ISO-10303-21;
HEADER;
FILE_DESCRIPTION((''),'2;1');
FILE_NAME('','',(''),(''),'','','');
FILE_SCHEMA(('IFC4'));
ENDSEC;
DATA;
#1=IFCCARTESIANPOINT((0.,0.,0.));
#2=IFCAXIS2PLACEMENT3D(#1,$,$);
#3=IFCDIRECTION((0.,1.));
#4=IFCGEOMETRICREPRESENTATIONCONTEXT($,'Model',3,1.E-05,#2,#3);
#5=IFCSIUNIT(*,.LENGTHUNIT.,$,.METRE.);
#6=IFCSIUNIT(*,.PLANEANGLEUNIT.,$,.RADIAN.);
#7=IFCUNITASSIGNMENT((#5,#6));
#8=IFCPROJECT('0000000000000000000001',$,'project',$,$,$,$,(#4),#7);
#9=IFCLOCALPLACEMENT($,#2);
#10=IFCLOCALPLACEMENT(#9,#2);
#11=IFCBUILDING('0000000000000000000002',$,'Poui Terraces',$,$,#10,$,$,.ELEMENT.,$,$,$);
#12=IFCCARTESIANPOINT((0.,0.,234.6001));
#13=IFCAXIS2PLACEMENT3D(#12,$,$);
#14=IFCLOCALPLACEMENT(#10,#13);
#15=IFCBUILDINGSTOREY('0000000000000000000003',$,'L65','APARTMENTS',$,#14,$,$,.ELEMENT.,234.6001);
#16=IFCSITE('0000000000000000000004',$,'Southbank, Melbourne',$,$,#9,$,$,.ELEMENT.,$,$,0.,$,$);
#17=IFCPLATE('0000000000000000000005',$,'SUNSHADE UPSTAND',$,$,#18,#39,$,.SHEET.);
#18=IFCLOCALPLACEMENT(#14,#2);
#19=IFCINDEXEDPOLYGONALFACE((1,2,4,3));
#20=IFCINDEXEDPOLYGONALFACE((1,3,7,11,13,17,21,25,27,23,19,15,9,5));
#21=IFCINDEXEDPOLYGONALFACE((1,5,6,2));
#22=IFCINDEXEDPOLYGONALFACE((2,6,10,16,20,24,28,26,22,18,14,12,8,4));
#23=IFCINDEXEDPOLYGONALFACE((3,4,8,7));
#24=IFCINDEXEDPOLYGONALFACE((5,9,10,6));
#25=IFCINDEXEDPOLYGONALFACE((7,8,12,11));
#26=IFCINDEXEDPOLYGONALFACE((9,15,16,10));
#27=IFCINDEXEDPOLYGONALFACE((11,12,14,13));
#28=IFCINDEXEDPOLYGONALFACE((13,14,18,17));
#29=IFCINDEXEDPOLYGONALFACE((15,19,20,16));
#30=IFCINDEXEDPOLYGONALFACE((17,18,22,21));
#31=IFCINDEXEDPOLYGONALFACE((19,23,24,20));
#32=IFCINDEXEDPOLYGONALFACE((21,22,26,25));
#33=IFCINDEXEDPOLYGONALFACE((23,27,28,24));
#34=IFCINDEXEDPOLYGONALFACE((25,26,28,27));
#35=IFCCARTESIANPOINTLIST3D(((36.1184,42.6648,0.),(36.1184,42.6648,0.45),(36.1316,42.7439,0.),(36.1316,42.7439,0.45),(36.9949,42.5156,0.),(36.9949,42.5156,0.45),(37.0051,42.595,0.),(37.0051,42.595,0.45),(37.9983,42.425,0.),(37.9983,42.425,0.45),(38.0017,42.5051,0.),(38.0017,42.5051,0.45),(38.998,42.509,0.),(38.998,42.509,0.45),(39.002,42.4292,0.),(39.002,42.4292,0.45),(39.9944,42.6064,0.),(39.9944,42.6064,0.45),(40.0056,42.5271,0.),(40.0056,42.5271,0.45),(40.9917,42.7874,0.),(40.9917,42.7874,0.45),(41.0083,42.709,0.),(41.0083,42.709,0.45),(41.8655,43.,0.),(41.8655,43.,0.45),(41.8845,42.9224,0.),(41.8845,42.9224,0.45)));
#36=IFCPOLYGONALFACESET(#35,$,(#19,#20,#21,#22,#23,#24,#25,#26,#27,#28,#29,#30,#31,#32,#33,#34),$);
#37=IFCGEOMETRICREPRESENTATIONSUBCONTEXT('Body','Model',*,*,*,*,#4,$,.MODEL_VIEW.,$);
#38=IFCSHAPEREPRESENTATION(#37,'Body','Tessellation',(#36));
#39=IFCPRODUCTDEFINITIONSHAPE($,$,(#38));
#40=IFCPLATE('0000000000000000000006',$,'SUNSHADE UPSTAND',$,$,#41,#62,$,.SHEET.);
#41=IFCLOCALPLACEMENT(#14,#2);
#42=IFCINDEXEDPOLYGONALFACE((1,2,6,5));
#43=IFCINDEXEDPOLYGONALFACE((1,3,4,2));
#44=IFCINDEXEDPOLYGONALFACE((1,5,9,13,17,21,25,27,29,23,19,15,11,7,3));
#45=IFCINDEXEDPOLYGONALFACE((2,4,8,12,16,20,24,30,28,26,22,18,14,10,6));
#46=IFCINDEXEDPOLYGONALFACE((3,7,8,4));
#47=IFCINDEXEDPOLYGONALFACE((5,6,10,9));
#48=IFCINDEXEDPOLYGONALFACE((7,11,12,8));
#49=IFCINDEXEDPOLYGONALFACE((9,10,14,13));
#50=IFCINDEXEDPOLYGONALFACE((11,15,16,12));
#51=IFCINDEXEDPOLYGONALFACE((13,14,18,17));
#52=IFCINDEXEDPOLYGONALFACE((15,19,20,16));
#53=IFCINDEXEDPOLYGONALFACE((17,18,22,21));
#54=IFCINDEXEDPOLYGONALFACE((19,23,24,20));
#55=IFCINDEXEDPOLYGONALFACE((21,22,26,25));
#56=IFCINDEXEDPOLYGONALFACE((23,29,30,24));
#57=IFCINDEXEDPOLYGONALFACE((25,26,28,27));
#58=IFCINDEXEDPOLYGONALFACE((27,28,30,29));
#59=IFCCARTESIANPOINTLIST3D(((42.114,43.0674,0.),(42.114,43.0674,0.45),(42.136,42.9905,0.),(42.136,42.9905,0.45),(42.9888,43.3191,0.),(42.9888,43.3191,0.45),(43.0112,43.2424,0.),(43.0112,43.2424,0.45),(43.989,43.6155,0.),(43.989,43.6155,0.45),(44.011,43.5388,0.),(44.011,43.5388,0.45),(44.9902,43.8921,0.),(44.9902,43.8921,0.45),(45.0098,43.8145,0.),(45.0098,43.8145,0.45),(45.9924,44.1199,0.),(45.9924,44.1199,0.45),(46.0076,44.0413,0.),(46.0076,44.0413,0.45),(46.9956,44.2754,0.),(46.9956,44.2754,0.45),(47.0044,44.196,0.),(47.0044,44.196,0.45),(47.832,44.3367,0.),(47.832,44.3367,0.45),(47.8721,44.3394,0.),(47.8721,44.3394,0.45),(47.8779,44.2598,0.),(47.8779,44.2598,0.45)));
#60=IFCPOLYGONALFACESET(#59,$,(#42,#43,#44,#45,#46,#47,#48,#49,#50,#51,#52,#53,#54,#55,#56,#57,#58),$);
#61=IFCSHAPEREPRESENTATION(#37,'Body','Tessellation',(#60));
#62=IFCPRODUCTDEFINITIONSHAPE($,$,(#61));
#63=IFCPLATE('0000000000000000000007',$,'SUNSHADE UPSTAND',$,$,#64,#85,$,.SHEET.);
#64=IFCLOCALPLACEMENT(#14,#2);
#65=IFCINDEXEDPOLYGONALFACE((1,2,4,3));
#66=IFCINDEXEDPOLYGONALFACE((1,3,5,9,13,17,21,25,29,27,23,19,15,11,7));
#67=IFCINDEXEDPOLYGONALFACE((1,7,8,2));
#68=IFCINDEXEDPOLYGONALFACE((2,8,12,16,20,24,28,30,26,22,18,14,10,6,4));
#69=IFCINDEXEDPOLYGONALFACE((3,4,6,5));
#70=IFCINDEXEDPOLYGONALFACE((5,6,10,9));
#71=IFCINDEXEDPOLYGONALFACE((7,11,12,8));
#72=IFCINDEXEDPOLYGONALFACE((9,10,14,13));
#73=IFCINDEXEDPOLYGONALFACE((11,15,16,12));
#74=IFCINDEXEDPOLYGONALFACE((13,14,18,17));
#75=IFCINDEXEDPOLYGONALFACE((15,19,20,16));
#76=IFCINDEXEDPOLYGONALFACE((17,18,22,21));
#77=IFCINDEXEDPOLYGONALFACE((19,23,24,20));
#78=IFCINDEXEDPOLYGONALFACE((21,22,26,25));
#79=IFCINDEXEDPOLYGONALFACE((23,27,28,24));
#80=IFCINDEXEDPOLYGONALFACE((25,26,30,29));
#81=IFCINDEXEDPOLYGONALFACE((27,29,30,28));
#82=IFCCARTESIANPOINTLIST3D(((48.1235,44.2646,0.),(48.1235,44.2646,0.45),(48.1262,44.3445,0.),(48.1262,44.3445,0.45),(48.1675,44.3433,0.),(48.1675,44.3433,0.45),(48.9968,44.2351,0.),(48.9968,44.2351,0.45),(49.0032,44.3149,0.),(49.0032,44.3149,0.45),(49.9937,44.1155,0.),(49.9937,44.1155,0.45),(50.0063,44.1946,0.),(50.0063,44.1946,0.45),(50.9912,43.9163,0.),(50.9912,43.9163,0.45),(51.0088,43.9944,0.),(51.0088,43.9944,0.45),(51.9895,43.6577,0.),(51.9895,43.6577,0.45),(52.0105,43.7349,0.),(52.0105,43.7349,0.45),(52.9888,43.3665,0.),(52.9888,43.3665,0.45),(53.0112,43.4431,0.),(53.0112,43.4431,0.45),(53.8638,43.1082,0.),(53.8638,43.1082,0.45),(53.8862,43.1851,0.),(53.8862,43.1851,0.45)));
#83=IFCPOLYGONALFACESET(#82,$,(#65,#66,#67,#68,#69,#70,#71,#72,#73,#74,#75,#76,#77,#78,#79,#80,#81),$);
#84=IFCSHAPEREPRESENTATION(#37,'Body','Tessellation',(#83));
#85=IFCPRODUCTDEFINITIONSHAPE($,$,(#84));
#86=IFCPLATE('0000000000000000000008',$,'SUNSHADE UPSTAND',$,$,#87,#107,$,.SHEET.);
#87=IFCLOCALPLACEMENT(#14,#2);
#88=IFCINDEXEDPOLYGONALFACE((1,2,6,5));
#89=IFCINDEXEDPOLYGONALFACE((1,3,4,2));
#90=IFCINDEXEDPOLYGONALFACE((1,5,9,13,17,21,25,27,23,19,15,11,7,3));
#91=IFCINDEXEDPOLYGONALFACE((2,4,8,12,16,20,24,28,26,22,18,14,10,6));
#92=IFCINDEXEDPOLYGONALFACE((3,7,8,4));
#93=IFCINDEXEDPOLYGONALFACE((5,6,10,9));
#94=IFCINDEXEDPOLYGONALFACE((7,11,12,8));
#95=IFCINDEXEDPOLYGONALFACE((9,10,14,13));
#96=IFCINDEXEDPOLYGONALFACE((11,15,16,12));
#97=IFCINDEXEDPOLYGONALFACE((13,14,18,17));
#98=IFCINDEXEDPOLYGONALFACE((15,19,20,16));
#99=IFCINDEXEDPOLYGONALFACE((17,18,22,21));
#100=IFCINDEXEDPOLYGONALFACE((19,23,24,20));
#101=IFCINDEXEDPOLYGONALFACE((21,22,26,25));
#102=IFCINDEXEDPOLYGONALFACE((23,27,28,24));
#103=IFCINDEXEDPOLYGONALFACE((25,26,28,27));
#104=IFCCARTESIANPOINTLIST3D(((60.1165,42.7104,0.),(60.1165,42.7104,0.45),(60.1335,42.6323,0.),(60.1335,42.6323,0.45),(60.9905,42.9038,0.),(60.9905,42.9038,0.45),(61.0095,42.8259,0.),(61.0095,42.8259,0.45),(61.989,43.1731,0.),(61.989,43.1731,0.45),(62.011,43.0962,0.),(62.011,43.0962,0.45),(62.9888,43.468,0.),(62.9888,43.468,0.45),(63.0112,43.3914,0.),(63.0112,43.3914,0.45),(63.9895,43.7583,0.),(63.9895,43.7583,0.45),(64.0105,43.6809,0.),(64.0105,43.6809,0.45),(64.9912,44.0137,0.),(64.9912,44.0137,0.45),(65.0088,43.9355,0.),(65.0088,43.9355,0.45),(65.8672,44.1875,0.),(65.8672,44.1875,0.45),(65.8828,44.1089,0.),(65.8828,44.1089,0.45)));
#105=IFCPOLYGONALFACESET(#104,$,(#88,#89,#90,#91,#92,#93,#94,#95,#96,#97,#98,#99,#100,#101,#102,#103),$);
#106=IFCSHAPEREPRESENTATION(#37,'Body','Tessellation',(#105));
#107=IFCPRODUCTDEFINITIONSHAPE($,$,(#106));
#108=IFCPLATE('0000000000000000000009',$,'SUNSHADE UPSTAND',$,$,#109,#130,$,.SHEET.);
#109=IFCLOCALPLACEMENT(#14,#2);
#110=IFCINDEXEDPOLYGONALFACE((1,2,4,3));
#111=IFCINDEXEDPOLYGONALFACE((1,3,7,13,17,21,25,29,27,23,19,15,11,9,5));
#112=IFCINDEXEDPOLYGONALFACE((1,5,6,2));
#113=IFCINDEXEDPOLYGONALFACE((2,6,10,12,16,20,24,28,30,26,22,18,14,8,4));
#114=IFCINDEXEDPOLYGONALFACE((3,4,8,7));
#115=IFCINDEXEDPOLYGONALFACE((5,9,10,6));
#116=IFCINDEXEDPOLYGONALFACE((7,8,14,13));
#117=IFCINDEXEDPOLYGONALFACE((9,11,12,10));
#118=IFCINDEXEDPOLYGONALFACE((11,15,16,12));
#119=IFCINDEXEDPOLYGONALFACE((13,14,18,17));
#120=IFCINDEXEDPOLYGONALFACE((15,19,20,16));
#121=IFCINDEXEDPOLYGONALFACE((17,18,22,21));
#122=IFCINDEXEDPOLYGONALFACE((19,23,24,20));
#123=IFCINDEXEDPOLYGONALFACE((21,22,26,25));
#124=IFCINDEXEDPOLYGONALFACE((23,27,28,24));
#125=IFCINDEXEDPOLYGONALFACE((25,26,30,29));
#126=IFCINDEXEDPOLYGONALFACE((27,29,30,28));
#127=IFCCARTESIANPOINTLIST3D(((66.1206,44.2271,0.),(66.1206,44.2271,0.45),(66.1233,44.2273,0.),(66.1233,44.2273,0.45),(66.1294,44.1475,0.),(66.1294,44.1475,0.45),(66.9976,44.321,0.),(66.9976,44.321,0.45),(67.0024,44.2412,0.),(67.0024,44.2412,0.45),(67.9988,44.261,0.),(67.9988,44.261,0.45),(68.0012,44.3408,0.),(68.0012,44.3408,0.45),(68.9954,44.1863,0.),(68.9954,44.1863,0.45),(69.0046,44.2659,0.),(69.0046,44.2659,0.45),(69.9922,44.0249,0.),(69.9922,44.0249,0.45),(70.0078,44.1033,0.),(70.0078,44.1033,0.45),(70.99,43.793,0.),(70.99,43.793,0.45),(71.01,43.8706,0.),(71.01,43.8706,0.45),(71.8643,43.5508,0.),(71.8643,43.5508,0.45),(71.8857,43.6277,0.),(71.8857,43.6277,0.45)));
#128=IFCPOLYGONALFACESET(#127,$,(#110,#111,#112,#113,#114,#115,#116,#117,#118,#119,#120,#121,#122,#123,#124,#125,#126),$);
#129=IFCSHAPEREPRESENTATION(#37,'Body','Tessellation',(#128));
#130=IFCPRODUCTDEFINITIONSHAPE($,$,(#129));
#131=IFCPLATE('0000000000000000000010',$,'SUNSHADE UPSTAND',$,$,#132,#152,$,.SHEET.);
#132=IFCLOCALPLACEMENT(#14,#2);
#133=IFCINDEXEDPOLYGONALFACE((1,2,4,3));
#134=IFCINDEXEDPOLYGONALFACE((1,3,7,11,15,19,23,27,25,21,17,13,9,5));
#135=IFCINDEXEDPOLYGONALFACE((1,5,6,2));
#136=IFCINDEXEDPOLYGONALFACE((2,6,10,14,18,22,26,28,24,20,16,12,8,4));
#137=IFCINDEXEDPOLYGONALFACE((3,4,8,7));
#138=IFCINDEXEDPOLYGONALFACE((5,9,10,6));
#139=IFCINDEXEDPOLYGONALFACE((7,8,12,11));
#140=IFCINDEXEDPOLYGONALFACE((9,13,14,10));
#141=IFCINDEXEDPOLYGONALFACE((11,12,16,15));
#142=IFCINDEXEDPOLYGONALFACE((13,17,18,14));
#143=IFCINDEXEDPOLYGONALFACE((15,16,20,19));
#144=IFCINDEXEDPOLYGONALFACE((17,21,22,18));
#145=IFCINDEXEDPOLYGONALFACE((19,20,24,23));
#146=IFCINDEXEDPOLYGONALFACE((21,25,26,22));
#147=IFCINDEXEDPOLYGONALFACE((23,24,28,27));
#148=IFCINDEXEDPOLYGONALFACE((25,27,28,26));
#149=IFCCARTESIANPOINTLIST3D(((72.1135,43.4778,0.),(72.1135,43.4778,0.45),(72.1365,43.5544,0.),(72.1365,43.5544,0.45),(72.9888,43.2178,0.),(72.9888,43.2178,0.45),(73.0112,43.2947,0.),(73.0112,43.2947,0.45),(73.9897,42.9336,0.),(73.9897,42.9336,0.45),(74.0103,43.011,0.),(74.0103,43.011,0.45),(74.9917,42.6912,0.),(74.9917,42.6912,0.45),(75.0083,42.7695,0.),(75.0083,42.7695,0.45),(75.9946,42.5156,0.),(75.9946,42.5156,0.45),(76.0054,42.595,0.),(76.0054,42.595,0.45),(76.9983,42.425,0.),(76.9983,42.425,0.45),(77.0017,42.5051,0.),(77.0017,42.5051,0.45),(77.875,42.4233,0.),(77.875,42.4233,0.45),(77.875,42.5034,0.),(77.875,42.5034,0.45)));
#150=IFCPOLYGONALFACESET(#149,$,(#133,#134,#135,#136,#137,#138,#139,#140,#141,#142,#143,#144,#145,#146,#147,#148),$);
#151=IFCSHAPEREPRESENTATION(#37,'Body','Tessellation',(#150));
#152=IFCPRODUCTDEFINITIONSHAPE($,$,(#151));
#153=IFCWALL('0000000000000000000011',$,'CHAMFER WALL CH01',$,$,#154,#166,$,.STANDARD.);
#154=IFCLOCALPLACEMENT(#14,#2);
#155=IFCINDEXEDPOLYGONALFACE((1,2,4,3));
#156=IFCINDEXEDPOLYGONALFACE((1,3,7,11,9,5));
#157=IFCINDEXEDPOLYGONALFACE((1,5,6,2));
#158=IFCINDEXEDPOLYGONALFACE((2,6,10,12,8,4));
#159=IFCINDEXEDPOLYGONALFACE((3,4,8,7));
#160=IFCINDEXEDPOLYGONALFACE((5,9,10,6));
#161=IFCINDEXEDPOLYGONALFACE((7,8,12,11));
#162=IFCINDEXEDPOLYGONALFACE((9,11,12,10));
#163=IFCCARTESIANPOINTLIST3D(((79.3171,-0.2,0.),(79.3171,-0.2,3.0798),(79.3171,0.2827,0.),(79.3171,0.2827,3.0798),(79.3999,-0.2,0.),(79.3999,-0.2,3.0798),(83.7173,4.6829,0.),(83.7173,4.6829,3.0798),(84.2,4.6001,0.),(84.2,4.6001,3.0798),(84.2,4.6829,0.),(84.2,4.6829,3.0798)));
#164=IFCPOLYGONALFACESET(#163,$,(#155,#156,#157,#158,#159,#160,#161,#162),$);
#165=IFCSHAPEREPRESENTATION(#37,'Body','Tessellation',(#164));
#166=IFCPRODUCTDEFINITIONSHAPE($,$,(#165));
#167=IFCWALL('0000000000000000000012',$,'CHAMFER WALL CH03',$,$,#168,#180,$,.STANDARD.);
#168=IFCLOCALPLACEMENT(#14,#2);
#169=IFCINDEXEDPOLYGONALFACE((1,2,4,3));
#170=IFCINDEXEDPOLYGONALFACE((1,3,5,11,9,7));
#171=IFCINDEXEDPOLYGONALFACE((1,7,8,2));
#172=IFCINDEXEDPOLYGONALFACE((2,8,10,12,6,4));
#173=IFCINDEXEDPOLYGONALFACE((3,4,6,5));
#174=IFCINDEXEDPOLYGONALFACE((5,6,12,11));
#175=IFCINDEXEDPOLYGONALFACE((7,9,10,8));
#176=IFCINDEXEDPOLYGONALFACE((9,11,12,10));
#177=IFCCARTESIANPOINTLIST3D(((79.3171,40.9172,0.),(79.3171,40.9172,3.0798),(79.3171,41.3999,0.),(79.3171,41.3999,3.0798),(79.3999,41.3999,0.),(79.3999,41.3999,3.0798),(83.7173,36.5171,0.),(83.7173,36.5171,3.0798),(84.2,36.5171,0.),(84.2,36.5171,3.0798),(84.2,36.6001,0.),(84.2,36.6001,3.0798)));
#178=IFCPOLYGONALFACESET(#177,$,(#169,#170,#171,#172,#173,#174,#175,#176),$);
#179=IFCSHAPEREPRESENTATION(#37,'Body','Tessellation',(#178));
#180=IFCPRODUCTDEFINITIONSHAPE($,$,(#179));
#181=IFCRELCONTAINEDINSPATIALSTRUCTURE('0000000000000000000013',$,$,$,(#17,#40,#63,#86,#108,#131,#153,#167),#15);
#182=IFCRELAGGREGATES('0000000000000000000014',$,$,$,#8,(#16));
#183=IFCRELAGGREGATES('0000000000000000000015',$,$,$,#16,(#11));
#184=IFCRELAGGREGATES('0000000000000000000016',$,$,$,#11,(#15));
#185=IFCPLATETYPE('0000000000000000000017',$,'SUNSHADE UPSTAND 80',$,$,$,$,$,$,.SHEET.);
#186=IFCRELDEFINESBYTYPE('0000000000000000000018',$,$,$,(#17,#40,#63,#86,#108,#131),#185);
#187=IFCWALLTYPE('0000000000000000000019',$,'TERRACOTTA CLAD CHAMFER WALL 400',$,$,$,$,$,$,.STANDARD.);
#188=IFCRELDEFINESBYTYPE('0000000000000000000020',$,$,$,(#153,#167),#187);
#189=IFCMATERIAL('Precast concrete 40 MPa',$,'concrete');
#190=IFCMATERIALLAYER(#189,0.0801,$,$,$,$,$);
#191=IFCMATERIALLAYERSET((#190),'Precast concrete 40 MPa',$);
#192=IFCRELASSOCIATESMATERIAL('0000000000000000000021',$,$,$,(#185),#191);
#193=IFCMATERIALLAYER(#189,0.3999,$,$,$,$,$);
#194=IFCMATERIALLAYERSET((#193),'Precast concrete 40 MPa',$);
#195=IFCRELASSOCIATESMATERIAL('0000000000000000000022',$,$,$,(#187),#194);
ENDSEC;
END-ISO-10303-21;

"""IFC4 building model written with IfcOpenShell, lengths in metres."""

from ifc_helpers import new_model, si_unit, direction, frame, origin, place, context, subcontext, project, spatial, polyline, outline, extrude, material, layer, layer_set, type_object, element, save


model = new_model("IFC4")

# Units and contexts
model_context = context("Model", 3, precision=1e-05, world=origin(), true_north=direction((0.0, 1.0)))
body_context = subcontext(model_context, "Body", "Model", "MODEL_VIEW")
ifc_project = project(units=[si_unit("LENGTHUNIT", "METRE"), si_unit("PLANEANGLEUNIT", "RADIAN")], contexts=[model_context])

# Site, building, storey
site_placement = place(None, origin())
site = spatial("IfcSite", under=ifc_project, at=site_placement, Name="Southbank, Melbourne", CompositionType="ELEMENT", RefElevation=0.0)
building_placement = place(site_placement, origin())
building = spatial("IfcBuilding", under=site, at=building_placement, Name="Poui Terraces", CompositionType="ELEMENT")
storey_placement = place(building_placement, frame((0.0, 0.0, 234.6001)))
storey = spatial("IfcBuildingStorey", under=building, at=storey_placement, Name="L65", Description="APARTMENTS", CompositionType="ELEMENT", Elevation=234.6001)

# Shared definitions
ifc_material_1 = material(Name="Precast concrete 40 MPa", Category="concrete")

# Plates
ifc_layer_1 = layer(ifc_material_1, 0.0801)
ifc_layer_set_1 = layer_set([ifc_layer_1], Name="Precast concrete 40 MPa")
plate_type = type_object("IfcPlateType", Name="SUNSHADE UPSTAND 80", PredefinedType="SHEET", material=ifc_layer_set_1)
plate_1_placement = place(storey_placement, origin())
element("IfcPlate", 1, at=plate_1_placement, inside=storey, type_object=plate_type, Name="SUNSHADE UPSTAND", PredefinedType="SHEET", context=body_context, shape_type="SweptSolid", body=[
    extrude(outline(polyline([(37.0051, 42.595), (36.1316, 42.7439), (36.1184, 42.6648), (36.9949, 42.5156), (37.9983, 42.425), (39.002, 42.4292), (40.0056, 42.5271), (41.0083, 42.709), (41.8845, 42.9224), (41.8655, 43.0), (40.9917, 42.7874), (39.9944, 42.6064), (38.998, 42.509), (38.0017, 42.5051), (37.0051, 42.595)])), origin(), (0.0, 0.0, 1.0), 0.45),
])
plate_2_placement = place(storey_placement, origin())
element("IfcPlate", 2, at=plate_2_placement, inside=storey, type_object=plate_type, Name="SUNSHADE UPSTAND", PredefinedType="SHEET", context=body_context, shape_type="SweptSolid", body=[
    extrude(outline(polyline([(42.9888, 43.3191), (42.114, 43.0674), (42.136, 42.9905), (43.0112, 43.2424), (44.011, 43.5388), (45.0098, 43.8145), (46.0076, 44.0413), (47.0044, 44.196), (47.8779, 44.2598), (47.8721, 44.3394), (47.832, 44.3367), (46.9956, 44.2754), (45.9924, 44.1199), (44.9902, 43.8921), (43.989, 43.6155), (42.9888, 43.3191)])), origin(), (0.0, 0.0, 1.0), 0.45),
])
plate_3_placement = place(storey_placement, origin())
element("IfcPlate", 3, at=plate_3_placement, inside=storey, type_object=plate_type, Name="SUNSHADE UPSTAND", PredefinedType="SHEET", context=body_context, shape_type="SweptSolid", body=[
    extrude(outline(polyline([(49.0032, 44.3149), (48.1675, 44.3433), (48.1262, 44.3445), (48.1235, 44.2646), (48.9968, 44.2351), (49.9937, 44.1155), (50.9912, 43.9163), (51.9895, 43.6577), (52.9888, 43.3665), (53.8638, 43.1082), (53.8862, 43.1851), (53.0112, 43.4431), (52.0105, 43.7349), (51.0088, 43.9944), (50.0063, 44.1946), (49.0032, 44.3149)])), origin(), (0.0, 0.0, 1.0), 0.45),
])
plate_4_placement = place(storey_placement, origin())
element("IfcPlate", 4, at=plate_4_placement, inside=storey, type_object=plate_type, Name="SUNSHADE UPSTAND", PredefinedType="SHEET", context=body_context, shape_type="SweptSolid", body=[
    extrude(outline(polyline([(60.9905, 42.9038), (60.1165, 42.7104), (60.1335, 42.6323), (61.0095, 42.8259), (62.011, 43.0962), (63.0112, 43.3914), (64.0105, 43.6809), (65.0088, 43.9355), (65.8828, 44.1089), (65.8672, 44.1875), (64.9912, 44.0137), (63.9895, 43.7583), (62.9888, 43.468), (61.989, 43.1731), (60.9905, 42.9038)])), origin(), (0.0, 0.0, 1.0), 0.45),
])
plate_5_placement = place(storey_placement, origin())
element("IfcPlate", 5, at=plate_5_placement, inside=storey, type_object=plate_type, Name="SUNSHADE UPSTAND", PredefinedType="SHEET", context=body_context, shape_type="SweptSolid", body=[
    extrude(outline(polyline([(66.9976, 44.321), (66.1233, 44.2273), (66.1206, 44.2271), (66.1294, 44.1475), (67.0024, 44.2412), (67.9988, 44.261), (68.9954, 44.1863), (69.9922, 44.0249), (70.99, 43.793), (71.8643, 43.5508), (71.8857, 43.6277), (71.01, 43.8706), (70.0078, 44.1033), (69.0046, 44.2659), (68.0012, 44.3408), (66.9976, 44.321)])), origin(), (0.0, 0.0, 1.0), 0.45),
])
plate_6_placement = place(storey_placement, origin())
element("IfcPlate", 6, at=plate_6_placement, inside=storey, type_object=plate_type, Name="SUNSHADE UPSTAND", PredefinedType="SHEET", context=body_context, shape_type="SweptSolid", body=[
    extrude(outline(polyline([(73.0112, 43.2947), (72.1365, 43.5544), (72.1135, 43.4778), (72.9888, 43.2178), (73.9897, 42.9336), (74.9917, 42.6912), (75.9946, 42.5156), (76.9983, 42.425), (77.875, 42.4233), (77.875, 42.5034), (77.0017, 42.5051), (76.0054, 42.595), (75.0083, 42.7695), (74.0103, 43.011), (73.0112, 43.2947)])), origin(), (0.0, 0.0, 1.0), 0.45),
])

# Walls
ifc_layer_2 = layer(ifc_material_1, 0.3999)
ifc_layer_set_2 = layer_set([ifc_layer_2], Name="Precast concrete 40 MPa")
wall_type = type_object("IfcWallType", Name="TERRACOTTA CLAD CHAMFER WALL 400", PredefinedType="STANDARD", material=ifc_layer_set_2)
wall_1_placement = place(storey_placement, origin())
element("IfcWall", 7, at=wall_1_placement, inside=storey, type_object=wall_type, Name="CHAMFER WALL CH01", PredefinedType="STANDARD", context=body_context, shape_type="SweptSolid", body=[
    extrude(outline(polyline([(79.3171, -0.2), (79.3999, -0.2), (84.2, 4.6001), (84.2, 4.6829), (83.7173, 4.6829), (79.3171, 0.2827), (79.3171, -0.2)])), origin(), (0.0, 0.0, 1.0), 3.0798),
])
wall_2_placement = place(storey_placement, origin())
element("IfcWall", 8, at=wall_2_placement, inside=storey, type_object=wall_type, Name="CHAMFER WALL CH03", PredefinedType="STANDARD", context=body_context, shape_type="SweptSolid", body=[
    extrude(outline(polyline([(84.2, 36.5171), (84.2, 36.6001), (79.3999, 41.3999), (79.3171, 41.3999), (79.3171, 40.9172), (83.7173, 36.5171), (84.2, 36.5171)])), origin(), (0.0, 0.0, 1.0), 3.0798),
])

save(model, "model.ifc")
